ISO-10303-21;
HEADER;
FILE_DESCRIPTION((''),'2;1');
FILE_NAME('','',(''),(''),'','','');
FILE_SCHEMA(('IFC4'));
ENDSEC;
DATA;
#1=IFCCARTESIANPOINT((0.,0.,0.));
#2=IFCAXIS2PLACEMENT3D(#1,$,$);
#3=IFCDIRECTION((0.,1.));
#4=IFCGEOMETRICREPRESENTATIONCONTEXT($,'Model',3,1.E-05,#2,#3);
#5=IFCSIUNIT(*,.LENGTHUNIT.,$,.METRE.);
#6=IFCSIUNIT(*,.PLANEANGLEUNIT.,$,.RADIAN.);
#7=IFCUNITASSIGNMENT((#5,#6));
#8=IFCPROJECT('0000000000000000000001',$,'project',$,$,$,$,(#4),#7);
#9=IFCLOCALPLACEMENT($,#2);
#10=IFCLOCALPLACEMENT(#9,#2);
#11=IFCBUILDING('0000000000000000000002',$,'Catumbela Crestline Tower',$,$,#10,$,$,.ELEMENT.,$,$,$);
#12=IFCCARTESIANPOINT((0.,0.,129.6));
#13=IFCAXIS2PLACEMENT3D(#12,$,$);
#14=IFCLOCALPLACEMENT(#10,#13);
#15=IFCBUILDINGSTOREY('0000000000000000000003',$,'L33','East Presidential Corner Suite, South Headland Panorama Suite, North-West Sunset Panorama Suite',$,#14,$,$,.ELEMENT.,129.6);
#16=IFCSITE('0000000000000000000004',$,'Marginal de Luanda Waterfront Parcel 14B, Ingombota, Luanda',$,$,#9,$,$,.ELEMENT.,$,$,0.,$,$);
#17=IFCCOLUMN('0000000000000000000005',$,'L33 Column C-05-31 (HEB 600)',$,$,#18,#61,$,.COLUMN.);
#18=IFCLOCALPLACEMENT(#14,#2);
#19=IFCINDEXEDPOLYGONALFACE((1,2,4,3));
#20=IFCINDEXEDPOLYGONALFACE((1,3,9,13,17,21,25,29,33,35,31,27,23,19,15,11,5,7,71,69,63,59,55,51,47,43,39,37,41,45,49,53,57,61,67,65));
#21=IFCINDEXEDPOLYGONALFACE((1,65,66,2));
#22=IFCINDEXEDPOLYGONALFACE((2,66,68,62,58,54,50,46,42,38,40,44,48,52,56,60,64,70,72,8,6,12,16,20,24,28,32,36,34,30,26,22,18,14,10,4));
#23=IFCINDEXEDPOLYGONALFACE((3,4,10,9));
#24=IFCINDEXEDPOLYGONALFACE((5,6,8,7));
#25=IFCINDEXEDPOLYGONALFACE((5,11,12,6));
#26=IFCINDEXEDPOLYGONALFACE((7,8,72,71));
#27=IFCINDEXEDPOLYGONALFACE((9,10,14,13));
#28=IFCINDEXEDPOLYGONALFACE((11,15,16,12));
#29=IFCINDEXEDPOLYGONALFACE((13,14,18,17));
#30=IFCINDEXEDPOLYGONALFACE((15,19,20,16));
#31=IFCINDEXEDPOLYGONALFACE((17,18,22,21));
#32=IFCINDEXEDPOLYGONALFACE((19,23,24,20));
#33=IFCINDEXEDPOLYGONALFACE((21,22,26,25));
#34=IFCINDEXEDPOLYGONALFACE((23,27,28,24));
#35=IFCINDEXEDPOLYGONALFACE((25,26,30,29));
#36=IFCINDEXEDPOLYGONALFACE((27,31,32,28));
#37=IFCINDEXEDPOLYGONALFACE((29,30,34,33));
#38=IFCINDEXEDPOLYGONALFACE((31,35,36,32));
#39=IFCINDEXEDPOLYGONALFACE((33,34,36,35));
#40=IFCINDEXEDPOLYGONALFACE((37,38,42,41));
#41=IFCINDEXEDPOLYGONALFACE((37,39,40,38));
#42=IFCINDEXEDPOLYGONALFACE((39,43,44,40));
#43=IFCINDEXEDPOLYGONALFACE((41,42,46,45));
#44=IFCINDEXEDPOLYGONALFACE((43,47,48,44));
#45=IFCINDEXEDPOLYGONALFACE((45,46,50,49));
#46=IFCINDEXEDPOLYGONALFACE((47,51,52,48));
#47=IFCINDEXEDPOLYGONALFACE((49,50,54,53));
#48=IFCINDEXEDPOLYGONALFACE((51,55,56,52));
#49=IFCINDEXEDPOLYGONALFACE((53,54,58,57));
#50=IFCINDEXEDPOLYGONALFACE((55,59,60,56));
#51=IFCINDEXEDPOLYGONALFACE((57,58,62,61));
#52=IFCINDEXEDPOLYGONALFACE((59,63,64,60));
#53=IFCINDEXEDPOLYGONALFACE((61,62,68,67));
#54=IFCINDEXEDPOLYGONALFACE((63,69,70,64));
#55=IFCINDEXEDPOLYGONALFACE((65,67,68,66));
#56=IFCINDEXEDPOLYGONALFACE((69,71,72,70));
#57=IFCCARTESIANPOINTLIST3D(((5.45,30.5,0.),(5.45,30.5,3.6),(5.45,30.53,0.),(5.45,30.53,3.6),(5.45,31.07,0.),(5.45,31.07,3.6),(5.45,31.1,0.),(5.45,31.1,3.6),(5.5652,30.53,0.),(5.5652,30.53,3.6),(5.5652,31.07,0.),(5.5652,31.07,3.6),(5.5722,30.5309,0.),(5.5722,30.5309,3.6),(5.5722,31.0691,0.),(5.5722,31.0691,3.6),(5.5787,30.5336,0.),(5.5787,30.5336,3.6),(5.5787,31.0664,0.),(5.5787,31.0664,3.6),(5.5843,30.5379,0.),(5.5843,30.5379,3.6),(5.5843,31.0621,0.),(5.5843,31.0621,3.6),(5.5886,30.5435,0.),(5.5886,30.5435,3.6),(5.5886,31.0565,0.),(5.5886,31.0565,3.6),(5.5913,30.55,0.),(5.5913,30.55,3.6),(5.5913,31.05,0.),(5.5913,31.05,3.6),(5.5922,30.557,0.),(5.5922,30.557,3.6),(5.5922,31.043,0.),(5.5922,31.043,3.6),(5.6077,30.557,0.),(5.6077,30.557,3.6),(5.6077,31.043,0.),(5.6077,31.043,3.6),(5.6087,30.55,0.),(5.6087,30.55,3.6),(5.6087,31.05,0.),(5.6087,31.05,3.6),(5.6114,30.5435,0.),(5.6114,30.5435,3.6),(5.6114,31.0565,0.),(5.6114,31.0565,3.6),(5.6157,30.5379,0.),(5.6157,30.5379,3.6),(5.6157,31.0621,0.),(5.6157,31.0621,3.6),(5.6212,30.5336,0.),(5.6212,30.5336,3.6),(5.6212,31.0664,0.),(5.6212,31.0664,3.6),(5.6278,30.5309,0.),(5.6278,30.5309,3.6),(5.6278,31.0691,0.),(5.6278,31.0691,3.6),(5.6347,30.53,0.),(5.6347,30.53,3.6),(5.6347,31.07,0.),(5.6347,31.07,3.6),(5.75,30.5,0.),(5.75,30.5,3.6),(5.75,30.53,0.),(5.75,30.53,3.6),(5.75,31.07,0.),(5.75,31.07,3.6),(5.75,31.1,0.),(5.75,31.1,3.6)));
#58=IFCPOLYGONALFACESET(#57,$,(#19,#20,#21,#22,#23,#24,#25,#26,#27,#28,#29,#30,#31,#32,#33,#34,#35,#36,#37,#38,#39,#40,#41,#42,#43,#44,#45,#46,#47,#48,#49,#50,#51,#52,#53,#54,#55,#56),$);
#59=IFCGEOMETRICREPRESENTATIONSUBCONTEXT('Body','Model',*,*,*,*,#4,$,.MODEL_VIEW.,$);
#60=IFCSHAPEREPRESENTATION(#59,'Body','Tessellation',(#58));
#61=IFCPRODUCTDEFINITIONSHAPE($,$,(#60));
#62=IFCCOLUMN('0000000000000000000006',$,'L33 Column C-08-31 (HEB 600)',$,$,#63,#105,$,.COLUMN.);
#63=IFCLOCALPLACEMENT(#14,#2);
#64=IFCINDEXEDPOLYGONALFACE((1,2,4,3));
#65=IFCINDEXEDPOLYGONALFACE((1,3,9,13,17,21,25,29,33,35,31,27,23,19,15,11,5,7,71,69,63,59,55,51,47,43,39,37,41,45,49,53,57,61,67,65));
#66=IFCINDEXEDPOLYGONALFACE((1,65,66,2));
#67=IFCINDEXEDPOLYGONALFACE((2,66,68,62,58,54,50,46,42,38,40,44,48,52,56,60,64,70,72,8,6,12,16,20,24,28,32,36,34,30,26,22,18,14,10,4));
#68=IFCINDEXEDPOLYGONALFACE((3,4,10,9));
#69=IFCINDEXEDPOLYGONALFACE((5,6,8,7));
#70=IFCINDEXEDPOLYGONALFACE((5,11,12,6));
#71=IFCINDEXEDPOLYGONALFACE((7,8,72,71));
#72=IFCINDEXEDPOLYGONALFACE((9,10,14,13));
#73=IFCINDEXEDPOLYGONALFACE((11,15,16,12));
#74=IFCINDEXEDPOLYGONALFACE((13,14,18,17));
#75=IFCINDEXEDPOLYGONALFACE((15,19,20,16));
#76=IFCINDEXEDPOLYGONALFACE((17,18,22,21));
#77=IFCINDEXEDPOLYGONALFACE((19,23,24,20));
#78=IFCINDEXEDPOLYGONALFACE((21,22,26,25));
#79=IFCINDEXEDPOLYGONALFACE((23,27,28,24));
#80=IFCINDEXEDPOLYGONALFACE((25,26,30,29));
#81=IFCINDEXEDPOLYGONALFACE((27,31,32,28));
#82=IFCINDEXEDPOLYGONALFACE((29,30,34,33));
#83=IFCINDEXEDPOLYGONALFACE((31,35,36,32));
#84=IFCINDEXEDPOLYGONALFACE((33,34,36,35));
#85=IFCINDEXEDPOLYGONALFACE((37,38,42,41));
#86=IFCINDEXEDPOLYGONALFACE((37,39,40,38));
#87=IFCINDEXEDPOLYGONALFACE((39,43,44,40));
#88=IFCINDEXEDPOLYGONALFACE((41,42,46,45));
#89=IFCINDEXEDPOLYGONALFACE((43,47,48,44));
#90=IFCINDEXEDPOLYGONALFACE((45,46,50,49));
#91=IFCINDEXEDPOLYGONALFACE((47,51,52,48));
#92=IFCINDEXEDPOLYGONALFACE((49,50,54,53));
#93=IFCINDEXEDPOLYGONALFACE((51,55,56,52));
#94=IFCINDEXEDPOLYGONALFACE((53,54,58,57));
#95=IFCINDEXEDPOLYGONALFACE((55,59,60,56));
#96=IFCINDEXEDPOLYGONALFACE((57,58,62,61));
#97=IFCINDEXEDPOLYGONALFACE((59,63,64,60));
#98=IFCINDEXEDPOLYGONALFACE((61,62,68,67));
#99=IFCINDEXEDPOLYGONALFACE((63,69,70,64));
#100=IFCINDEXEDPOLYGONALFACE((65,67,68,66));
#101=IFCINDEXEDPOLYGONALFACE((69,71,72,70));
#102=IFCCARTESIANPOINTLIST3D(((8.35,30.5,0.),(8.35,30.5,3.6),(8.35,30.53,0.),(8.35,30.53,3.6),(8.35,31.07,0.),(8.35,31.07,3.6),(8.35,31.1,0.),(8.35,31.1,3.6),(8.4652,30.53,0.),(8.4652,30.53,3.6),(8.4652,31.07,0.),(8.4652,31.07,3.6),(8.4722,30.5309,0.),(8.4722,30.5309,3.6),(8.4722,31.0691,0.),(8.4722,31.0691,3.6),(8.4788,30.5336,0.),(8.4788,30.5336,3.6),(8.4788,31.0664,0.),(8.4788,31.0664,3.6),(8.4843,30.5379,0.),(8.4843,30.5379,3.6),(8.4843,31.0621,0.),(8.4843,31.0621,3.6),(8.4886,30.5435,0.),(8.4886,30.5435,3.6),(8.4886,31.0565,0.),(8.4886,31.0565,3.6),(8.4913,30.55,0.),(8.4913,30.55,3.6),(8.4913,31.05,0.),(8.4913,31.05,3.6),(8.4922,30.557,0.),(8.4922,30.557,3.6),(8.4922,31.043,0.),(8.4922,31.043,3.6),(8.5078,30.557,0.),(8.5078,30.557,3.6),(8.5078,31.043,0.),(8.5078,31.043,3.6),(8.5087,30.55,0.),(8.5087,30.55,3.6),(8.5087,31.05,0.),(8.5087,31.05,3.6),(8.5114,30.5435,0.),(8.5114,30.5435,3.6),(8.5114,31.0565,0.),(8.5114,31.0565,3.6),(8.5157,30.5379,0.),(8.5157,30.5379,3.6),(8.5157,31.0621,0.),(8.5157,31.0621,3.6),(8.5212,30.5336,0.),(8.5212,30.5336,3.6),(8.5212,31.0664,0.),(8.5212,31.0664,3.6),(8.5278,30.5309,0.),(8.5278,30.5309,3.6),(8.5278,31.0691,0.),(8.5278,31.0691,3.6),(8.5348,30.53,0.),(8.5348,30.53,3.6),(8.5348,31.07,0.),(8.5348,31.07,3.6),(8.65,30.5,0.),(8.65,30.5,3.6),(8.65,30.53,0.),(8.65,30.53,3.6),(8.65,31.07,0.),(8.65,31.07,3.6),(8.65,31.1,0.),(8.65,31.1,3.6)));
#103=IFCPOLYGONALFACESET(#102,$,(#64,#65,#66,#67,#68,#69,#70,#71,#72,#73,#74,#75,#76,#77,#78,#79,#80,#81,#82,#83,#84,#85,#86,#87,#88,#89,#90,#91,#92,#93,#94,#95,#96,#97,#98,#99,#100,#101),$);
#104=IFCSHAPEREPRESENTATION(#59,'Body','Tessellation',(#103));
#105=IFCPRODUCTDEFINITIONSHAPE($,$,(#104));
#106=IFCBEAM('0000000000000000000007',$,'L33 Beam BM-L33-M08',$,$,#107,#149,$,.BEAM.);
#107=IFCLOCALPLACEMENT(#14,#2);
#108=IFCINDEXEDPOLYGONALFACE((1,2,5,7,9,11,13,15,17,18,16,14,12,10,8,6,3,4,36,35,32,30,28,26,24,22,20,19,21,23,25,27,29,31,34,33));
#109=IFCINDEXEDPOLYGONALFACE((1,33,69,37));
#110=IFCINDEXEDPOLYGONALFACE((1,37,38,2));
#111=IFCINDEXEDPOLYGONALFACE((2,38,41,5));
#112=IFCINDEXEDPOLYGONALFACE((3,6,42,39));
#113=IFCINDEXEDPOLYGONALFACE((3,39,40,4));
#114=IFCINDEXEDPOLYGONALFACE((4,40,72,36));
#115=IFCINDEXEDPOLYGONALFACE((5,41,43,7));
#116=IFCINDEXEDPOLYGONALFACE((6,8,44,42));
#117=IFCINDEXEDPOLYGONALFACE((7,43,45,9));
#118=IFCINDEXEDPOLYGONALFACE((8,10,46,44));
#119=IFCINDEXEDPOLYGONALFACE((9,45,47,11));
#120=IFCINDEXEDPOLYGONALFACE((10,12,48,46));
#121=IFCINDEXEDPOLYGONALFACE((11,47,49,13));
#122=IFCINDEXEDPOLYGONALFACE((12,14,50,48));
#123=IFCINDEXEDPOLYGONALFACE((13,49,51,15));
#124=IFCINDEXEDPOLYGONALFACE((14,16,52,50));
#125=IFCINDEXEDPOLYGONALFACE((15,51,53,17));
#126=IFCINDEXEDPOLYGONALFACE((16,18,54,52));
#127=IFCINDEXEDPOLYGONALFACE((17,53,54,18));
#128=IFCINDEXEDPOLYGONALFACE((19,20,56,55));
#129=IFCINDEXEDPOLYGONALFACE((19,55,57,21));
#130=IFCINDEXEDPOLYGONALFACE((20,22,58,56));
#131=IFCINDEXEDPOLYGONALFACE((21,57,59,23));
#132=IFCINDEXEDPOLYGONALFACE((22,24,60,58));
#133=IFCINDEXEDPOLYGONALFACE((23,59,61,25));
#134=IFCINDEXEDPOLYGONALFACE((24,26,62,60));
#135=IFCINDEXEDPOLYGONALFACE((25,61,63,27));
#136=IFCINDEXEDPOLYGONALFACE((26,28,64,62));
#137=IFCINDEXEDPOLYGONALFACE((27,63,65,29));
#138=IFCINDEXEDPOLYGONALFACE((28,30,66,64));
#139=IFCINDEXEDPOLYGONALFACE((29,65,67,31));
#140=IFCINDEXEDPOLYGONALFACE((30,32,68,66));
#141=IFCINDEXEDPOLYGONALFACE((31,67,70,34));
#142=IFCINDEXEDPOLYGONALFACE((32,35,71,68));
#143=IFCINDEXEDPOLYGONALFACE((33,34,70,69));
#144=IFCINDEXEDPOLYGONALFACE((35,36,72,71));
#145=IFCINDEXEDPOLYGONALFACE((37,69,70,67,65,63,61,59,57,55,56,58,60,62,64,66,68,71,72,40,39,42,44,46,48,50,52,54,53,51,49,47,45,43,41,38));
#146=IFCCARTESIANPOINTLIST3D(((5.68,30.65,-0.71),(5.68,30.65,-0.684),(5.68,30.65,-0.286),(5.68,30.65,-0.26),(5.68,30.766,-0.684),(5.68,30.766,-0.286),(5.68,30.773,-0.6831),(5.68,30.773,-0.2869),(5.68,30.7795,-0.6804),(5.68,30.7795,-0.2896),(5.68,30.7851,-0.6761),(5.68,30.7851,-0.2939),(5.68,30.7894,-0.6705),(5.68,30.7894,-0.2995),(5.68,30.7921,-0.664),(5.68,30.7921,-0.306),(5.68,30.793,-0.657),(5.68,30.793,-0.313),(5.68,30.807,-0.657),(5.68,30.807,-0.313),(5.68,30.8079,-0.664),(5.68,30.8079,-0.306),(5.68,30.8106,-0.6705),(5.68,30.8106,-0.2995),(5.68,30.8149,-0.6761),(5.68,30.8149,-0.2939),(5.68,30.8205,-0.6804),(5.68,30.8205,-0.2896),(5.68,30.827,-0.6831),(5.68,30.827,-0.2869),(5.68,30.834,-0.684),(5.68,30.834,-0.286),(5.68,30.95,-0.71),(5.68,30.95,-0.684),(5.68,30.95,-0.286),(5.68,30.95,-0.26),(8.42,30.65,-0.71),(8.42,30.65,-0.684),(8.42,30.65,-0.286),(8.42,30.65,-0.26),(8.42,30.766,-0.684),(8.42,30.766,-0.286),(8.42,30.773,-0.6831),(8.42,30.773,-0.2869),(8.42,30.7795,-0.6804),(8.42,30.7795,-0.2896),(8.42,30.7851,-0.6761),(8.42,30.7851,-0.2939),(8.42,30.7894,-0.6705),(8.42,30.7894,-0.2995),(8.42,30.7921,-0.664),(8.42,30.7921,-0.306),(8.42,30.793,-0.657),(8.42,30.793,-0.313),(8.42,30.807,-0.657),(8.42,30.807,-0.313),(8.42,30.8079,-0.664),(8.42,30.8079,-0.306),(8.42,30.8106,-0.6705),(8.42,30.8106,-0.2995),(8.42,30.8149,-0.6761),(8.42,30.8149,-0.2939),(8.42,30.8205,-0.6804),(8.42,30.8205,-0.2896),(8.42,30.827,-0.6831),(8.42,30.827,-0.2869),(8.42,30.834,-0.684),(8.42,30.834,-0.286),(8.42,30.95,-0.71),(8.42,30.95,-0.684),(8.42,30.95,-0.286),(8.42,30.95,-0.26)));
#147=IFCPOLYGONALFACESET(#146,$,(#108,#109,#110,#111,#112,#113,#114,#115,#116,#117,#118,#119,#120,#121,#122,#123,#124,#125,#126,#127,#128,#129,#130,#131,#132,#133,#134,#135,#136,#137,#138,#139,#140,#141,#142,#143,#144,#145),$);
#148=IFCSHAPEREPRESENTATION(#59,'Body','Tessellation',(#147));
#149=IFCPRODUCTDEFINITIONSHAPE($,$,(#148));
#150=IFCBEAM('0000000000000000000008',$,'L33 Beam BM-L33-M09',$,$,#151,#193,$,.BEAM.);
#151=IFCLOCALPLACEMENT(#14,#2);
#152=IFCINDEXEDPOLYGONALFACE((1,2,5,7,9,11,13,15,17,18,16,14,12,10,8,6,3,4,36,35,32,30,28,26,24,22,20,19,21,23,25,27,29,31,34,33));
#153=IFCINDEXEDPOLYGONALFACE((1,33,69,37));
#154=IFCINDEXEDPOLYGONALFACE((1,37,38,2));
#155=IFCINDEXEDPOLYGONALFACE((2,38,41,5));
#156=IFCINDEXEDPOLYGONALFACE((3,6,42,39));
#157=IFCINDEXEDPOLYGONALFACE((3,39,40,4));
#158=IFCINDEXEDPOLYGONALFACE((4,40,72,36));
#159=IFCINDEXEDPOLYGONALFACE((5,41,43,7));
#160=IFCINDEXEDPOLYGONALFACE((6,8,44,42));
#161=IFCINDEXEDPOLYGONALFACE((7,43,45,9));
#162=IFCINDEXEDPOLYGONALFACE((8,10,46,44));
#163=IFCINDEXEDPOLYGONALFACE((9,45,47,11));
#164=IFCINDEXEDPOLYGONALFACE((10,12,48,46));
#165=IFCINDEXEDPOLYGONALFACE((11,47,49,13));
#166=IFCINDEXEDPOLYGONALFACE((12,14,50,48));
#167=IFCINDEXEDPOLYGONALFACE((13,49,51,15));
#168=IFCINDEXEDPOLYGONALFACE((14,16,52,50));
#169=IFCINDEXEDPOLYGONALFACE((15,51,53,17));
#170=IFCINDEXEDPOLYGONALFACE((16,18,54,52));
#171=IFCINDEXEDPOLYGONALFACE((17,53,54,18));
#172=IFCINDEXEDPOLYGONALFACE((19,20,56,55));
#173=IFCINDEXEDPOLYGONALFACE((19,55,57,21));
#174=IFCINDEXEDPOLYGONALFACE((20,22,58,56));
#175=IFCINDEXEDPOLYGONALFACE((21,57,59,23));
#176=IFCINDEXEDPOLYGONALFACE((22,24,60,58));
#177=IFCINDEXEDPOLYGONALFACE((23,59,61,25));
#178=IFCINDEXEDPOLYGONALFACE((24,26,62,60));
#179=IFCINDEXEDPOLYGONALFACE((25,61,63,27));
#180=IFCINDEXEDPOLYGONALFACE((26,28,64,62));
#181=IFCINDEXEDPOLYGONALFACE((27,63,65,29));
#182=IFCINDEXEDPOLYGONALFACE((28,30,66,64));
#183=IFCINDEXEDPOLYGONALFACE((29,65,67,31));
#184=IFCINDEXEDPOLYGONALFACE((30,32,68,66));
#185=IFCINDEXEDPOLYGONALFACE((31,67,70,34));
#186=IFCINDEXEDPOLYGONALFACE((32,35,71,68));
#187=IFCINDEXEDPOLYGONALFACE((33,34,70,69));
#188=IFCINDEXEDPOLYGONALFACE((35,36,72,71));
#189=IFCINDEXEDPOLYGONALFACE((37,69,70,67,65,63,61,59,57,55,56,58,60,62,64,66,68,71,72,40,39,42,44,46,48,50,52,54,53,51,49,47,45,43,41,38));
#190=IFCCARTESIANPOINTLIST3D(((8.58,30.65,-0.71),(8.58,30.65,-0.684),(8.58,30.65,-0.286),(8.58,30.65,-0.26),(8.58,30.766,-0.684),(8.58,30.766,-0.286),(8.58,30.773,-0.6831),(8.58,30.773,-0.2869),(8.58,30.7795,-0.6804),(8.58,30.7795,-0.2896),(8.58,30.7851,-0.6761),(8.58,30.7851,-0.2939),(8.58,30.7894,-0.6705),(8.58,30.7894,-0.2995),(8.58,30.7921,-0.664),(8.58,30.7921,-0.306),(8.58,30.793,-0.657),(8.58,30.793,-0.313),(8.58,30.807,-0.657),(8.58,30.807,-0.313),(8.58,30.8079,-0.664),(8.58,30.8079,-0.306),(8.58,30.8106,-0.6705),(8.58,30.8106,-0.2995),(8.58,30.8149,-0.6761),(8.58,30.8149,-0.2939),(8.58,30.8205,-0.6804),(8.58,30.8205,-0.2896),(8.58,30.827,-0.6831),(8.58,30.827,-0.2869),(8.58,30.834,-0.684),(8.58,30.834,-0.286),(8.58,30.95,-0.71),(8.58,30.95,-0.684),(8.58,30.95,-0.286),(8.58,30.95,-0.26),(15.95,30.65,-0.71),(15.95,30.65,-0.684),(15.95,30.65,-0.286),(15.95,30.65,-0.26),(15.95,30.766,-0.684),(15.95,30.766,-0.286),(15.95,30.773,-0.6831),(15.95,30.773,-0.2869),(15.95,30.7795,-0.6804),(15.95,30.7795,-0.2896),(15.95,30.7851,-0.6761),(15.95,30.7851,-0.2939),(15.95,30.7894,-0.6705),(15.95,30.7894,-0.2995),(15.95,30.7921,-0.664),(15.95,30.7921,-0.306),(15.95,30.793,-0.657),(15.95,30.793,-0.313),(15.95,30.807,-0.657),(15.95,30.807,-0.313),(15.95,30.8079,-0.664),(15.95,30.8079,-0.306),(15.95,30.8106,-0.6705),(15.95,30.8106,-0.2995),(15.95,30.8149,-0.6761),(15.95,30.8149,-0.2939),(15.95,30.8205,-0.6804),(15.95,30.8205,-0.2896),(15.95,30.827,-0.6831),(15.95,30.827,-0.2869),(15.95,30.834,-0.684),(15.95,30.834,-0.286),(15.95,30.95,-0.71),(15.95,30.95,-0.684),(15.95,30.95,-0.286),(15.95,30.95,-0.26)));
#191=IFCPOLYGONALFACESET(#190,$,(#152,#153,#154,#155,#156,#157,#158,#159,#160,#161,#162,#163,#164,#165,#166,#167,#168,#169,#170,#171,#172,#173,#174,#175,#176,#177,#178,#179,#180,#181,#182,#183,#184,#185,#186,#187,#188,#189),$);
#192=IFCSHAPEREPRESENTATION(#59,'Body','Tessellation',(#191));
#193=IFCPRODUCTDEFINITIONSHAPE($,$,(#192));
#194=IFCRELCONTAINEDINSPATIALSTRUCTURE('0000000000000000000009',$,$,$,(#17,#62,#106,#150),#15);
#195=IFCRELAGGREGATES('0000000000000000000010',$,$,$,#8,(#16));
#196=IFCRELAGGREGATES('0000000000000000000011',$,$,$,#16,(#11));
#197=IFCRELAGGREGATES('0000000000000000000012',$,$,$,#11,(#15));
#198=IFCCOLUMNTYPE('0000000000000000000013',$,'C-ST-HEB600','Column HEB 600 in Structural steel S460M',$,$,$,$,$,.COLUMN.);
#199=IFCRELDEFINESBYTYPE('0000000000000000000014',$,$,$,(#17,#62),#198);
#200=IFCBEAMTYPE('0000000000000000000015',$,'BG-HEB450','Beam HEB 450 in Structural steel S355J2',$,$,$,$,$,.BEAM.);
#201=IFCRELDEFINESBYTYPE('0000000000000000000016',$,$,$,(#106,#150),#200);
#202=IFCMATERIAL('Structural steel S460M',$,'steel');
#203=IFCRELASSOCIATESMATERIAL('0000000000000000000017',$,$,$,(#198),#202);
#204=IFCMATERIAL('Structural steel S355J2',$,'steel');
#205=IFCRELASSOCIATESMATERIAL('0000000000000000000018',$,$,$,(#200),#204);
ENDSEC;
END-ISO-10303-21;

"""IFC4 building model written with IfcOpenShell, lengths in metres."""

from ifc_helpers import new_model, si_unit, direction, frame, origin, origin_2d, place, context, subcontext, project, spatial, i_section, extrude, material, material_profile, profile_set, type_object, element, save


model = new_model("IFC4")

# Units and contexts
model_context = context("Model", 3, precision=1e-05, world=origin(), true_north=direction((0.0, 1.0)))
body_context = subcontext(model_context, "Body", "Model", "MODEL_VIEW")
ifc_project = project(units=[si_unit("LENGTHUNIT", "METRE"), si_unit("PLANEANGLEUNIT", "RADIAN")], contexts=[model_context])

# Site, building, storey
site_placement = place(None, origin())
site = spatial("IfcSite", under=ifc_project, at=site_placement, Name="Marginal de Luanda Waterfront Parcel 14B, Ingombota, Luanda", CompositionType="ELEMENT", RefElevation=0.0)
building_placement = place(site_placement, origin())
building = spatial("IfcBuilding", under=site, at=building_placement, Name="Catumbela Crestline Tower", CompositionType="ELEMENT")
storey_placement = place(building_placement, frame((0.0, 0.0, 129.6)))
storey = spatial("IfcBuildingStorey", under=building, at=storey_placement, Name="L33", Description="East Presidential Corner Suite, South Headland Panorama Suite, North-West Sunset Panorama Suite", CompositionType="ELEMENT", Elevation=129.6)

# Columns
ifc_material_1 = material(Name="Structural steel S460M", Category="steel")
ifc_material_profile_1 = material_profile(ifc_material_1, i_section(OverallWidth=0.3, OverallDepth=0.6, WebThickness=0.0155, FlangeThickness=0.03, FilletRadius=0.027, at=origin_2d()), Name="HEB 600")
ifc_profile_set_1 = profile_set([ifc_material_profile_1], Name="Structural steel S460M")
column_type = type_object("IfcColumnType", Name="C-ST-HEB600", Description="Column HEB 600 in Structural steel S460M", PredefinedType="COLUMN", material=ifc_profile_set_1)
for number, where, z_axis, x_axis, name in (
    (1, (5.6, 30.8, 0.0), (0.0, 0.0, 1.0), (1.0, 0.0, 0.0), "L33 Column C-05-31 (HEB 600)"),
    (2, (8.5, 30.8, 0.0), (0.0, 0.0, 1.0), (1.0, 0.0, 0.0), "L33 Column C-08-31 (HEB 600)"),
):
    element("IfcColumn", number, at=place(storey_placement, frame(where, z_axis=z_axis, x_axis=x_axis)), inside=storey, type_object=column_type, Name=name, PredefinedType="COLUMN", context=body_context, shape_type="SweptSolid", body=[
        extrude(i_section(OverallWidth=0.3, OverallDepth=0.6, WebThickness=0.0155, FlangeThickness=0.03, FilletRadius=0.027, at=origin_2d()), origin(), (0.0, 0.0, 1.0), 3.6),
    ])

# Beams
ifc_material_2 = material(Name="Structural steel S355J2", Category="steel")
ifc_material_profile_2 = material_profile(ifc_material_2, i_section(OverallWidth=0.3, OverallDepth=0.45, WebThickness=0.014, FlangeThickness=0.026, FilletRadius=0.027, at=origin_2d()), Name="HEB 450")
ifc_profile_set_2 = profile_set([ifc_material_profile_2], Name="Structural steel S355J2")
beam_type = type_object("IfcBeamType", Name="BG-HEB450", Description="Beam HEB 450 in Structural steel S355J2", PredefinedType="BEAM", material=ifc_profile_set_2)
beam_1_placement = place(storey_placement, frame((5.68, 30.8, -0.485), z_axis=(1.0, 0.0, 0.0), x_axis=(0.0, 1.0, 0.0)))
element("IfcBeam", 3, at=beam_1_placement, inside=storey, type_object=beam_type, Name="L33 Beam BM-L33-M08", PredefinedType="BEAM", context=body_context, shape_type="SweptSolid", body=[
    extrude(i_section(OverallWidth=0.3, OverallDepth=0.45, WebThickness=0.014, FlangeThickness=0.026, FilletRadius=0.027, at=origin_2d()), origin(), (0.0, 0.0, 1.0), 2.74),
])
beam_2_placement = place(storey_placement, frame((8.58, 30.8, -0.485), z_axis=(1.0, 0.0, 0.0), x_axis=(0.0, 1.0, 0.0)))
element("IfcBeam", 4, at=beam_2_placement, inside=storey, type_object=beam_type, Name="L33 Beam BM-L33-M09", PredefinedType="BEAM", context=body_context, shape_type="SweptSolid", body=[
    extrude(i_section(OverallWidth=0.3, OverallDepth=0.45, WebThickness=0.014, FlangeThickness=0.026, FilletRadius=0.027, at=origin_2d()), origin(), (0.0, 0.0, 1.0), 7.37),
])

save(model, "model.ifc")
